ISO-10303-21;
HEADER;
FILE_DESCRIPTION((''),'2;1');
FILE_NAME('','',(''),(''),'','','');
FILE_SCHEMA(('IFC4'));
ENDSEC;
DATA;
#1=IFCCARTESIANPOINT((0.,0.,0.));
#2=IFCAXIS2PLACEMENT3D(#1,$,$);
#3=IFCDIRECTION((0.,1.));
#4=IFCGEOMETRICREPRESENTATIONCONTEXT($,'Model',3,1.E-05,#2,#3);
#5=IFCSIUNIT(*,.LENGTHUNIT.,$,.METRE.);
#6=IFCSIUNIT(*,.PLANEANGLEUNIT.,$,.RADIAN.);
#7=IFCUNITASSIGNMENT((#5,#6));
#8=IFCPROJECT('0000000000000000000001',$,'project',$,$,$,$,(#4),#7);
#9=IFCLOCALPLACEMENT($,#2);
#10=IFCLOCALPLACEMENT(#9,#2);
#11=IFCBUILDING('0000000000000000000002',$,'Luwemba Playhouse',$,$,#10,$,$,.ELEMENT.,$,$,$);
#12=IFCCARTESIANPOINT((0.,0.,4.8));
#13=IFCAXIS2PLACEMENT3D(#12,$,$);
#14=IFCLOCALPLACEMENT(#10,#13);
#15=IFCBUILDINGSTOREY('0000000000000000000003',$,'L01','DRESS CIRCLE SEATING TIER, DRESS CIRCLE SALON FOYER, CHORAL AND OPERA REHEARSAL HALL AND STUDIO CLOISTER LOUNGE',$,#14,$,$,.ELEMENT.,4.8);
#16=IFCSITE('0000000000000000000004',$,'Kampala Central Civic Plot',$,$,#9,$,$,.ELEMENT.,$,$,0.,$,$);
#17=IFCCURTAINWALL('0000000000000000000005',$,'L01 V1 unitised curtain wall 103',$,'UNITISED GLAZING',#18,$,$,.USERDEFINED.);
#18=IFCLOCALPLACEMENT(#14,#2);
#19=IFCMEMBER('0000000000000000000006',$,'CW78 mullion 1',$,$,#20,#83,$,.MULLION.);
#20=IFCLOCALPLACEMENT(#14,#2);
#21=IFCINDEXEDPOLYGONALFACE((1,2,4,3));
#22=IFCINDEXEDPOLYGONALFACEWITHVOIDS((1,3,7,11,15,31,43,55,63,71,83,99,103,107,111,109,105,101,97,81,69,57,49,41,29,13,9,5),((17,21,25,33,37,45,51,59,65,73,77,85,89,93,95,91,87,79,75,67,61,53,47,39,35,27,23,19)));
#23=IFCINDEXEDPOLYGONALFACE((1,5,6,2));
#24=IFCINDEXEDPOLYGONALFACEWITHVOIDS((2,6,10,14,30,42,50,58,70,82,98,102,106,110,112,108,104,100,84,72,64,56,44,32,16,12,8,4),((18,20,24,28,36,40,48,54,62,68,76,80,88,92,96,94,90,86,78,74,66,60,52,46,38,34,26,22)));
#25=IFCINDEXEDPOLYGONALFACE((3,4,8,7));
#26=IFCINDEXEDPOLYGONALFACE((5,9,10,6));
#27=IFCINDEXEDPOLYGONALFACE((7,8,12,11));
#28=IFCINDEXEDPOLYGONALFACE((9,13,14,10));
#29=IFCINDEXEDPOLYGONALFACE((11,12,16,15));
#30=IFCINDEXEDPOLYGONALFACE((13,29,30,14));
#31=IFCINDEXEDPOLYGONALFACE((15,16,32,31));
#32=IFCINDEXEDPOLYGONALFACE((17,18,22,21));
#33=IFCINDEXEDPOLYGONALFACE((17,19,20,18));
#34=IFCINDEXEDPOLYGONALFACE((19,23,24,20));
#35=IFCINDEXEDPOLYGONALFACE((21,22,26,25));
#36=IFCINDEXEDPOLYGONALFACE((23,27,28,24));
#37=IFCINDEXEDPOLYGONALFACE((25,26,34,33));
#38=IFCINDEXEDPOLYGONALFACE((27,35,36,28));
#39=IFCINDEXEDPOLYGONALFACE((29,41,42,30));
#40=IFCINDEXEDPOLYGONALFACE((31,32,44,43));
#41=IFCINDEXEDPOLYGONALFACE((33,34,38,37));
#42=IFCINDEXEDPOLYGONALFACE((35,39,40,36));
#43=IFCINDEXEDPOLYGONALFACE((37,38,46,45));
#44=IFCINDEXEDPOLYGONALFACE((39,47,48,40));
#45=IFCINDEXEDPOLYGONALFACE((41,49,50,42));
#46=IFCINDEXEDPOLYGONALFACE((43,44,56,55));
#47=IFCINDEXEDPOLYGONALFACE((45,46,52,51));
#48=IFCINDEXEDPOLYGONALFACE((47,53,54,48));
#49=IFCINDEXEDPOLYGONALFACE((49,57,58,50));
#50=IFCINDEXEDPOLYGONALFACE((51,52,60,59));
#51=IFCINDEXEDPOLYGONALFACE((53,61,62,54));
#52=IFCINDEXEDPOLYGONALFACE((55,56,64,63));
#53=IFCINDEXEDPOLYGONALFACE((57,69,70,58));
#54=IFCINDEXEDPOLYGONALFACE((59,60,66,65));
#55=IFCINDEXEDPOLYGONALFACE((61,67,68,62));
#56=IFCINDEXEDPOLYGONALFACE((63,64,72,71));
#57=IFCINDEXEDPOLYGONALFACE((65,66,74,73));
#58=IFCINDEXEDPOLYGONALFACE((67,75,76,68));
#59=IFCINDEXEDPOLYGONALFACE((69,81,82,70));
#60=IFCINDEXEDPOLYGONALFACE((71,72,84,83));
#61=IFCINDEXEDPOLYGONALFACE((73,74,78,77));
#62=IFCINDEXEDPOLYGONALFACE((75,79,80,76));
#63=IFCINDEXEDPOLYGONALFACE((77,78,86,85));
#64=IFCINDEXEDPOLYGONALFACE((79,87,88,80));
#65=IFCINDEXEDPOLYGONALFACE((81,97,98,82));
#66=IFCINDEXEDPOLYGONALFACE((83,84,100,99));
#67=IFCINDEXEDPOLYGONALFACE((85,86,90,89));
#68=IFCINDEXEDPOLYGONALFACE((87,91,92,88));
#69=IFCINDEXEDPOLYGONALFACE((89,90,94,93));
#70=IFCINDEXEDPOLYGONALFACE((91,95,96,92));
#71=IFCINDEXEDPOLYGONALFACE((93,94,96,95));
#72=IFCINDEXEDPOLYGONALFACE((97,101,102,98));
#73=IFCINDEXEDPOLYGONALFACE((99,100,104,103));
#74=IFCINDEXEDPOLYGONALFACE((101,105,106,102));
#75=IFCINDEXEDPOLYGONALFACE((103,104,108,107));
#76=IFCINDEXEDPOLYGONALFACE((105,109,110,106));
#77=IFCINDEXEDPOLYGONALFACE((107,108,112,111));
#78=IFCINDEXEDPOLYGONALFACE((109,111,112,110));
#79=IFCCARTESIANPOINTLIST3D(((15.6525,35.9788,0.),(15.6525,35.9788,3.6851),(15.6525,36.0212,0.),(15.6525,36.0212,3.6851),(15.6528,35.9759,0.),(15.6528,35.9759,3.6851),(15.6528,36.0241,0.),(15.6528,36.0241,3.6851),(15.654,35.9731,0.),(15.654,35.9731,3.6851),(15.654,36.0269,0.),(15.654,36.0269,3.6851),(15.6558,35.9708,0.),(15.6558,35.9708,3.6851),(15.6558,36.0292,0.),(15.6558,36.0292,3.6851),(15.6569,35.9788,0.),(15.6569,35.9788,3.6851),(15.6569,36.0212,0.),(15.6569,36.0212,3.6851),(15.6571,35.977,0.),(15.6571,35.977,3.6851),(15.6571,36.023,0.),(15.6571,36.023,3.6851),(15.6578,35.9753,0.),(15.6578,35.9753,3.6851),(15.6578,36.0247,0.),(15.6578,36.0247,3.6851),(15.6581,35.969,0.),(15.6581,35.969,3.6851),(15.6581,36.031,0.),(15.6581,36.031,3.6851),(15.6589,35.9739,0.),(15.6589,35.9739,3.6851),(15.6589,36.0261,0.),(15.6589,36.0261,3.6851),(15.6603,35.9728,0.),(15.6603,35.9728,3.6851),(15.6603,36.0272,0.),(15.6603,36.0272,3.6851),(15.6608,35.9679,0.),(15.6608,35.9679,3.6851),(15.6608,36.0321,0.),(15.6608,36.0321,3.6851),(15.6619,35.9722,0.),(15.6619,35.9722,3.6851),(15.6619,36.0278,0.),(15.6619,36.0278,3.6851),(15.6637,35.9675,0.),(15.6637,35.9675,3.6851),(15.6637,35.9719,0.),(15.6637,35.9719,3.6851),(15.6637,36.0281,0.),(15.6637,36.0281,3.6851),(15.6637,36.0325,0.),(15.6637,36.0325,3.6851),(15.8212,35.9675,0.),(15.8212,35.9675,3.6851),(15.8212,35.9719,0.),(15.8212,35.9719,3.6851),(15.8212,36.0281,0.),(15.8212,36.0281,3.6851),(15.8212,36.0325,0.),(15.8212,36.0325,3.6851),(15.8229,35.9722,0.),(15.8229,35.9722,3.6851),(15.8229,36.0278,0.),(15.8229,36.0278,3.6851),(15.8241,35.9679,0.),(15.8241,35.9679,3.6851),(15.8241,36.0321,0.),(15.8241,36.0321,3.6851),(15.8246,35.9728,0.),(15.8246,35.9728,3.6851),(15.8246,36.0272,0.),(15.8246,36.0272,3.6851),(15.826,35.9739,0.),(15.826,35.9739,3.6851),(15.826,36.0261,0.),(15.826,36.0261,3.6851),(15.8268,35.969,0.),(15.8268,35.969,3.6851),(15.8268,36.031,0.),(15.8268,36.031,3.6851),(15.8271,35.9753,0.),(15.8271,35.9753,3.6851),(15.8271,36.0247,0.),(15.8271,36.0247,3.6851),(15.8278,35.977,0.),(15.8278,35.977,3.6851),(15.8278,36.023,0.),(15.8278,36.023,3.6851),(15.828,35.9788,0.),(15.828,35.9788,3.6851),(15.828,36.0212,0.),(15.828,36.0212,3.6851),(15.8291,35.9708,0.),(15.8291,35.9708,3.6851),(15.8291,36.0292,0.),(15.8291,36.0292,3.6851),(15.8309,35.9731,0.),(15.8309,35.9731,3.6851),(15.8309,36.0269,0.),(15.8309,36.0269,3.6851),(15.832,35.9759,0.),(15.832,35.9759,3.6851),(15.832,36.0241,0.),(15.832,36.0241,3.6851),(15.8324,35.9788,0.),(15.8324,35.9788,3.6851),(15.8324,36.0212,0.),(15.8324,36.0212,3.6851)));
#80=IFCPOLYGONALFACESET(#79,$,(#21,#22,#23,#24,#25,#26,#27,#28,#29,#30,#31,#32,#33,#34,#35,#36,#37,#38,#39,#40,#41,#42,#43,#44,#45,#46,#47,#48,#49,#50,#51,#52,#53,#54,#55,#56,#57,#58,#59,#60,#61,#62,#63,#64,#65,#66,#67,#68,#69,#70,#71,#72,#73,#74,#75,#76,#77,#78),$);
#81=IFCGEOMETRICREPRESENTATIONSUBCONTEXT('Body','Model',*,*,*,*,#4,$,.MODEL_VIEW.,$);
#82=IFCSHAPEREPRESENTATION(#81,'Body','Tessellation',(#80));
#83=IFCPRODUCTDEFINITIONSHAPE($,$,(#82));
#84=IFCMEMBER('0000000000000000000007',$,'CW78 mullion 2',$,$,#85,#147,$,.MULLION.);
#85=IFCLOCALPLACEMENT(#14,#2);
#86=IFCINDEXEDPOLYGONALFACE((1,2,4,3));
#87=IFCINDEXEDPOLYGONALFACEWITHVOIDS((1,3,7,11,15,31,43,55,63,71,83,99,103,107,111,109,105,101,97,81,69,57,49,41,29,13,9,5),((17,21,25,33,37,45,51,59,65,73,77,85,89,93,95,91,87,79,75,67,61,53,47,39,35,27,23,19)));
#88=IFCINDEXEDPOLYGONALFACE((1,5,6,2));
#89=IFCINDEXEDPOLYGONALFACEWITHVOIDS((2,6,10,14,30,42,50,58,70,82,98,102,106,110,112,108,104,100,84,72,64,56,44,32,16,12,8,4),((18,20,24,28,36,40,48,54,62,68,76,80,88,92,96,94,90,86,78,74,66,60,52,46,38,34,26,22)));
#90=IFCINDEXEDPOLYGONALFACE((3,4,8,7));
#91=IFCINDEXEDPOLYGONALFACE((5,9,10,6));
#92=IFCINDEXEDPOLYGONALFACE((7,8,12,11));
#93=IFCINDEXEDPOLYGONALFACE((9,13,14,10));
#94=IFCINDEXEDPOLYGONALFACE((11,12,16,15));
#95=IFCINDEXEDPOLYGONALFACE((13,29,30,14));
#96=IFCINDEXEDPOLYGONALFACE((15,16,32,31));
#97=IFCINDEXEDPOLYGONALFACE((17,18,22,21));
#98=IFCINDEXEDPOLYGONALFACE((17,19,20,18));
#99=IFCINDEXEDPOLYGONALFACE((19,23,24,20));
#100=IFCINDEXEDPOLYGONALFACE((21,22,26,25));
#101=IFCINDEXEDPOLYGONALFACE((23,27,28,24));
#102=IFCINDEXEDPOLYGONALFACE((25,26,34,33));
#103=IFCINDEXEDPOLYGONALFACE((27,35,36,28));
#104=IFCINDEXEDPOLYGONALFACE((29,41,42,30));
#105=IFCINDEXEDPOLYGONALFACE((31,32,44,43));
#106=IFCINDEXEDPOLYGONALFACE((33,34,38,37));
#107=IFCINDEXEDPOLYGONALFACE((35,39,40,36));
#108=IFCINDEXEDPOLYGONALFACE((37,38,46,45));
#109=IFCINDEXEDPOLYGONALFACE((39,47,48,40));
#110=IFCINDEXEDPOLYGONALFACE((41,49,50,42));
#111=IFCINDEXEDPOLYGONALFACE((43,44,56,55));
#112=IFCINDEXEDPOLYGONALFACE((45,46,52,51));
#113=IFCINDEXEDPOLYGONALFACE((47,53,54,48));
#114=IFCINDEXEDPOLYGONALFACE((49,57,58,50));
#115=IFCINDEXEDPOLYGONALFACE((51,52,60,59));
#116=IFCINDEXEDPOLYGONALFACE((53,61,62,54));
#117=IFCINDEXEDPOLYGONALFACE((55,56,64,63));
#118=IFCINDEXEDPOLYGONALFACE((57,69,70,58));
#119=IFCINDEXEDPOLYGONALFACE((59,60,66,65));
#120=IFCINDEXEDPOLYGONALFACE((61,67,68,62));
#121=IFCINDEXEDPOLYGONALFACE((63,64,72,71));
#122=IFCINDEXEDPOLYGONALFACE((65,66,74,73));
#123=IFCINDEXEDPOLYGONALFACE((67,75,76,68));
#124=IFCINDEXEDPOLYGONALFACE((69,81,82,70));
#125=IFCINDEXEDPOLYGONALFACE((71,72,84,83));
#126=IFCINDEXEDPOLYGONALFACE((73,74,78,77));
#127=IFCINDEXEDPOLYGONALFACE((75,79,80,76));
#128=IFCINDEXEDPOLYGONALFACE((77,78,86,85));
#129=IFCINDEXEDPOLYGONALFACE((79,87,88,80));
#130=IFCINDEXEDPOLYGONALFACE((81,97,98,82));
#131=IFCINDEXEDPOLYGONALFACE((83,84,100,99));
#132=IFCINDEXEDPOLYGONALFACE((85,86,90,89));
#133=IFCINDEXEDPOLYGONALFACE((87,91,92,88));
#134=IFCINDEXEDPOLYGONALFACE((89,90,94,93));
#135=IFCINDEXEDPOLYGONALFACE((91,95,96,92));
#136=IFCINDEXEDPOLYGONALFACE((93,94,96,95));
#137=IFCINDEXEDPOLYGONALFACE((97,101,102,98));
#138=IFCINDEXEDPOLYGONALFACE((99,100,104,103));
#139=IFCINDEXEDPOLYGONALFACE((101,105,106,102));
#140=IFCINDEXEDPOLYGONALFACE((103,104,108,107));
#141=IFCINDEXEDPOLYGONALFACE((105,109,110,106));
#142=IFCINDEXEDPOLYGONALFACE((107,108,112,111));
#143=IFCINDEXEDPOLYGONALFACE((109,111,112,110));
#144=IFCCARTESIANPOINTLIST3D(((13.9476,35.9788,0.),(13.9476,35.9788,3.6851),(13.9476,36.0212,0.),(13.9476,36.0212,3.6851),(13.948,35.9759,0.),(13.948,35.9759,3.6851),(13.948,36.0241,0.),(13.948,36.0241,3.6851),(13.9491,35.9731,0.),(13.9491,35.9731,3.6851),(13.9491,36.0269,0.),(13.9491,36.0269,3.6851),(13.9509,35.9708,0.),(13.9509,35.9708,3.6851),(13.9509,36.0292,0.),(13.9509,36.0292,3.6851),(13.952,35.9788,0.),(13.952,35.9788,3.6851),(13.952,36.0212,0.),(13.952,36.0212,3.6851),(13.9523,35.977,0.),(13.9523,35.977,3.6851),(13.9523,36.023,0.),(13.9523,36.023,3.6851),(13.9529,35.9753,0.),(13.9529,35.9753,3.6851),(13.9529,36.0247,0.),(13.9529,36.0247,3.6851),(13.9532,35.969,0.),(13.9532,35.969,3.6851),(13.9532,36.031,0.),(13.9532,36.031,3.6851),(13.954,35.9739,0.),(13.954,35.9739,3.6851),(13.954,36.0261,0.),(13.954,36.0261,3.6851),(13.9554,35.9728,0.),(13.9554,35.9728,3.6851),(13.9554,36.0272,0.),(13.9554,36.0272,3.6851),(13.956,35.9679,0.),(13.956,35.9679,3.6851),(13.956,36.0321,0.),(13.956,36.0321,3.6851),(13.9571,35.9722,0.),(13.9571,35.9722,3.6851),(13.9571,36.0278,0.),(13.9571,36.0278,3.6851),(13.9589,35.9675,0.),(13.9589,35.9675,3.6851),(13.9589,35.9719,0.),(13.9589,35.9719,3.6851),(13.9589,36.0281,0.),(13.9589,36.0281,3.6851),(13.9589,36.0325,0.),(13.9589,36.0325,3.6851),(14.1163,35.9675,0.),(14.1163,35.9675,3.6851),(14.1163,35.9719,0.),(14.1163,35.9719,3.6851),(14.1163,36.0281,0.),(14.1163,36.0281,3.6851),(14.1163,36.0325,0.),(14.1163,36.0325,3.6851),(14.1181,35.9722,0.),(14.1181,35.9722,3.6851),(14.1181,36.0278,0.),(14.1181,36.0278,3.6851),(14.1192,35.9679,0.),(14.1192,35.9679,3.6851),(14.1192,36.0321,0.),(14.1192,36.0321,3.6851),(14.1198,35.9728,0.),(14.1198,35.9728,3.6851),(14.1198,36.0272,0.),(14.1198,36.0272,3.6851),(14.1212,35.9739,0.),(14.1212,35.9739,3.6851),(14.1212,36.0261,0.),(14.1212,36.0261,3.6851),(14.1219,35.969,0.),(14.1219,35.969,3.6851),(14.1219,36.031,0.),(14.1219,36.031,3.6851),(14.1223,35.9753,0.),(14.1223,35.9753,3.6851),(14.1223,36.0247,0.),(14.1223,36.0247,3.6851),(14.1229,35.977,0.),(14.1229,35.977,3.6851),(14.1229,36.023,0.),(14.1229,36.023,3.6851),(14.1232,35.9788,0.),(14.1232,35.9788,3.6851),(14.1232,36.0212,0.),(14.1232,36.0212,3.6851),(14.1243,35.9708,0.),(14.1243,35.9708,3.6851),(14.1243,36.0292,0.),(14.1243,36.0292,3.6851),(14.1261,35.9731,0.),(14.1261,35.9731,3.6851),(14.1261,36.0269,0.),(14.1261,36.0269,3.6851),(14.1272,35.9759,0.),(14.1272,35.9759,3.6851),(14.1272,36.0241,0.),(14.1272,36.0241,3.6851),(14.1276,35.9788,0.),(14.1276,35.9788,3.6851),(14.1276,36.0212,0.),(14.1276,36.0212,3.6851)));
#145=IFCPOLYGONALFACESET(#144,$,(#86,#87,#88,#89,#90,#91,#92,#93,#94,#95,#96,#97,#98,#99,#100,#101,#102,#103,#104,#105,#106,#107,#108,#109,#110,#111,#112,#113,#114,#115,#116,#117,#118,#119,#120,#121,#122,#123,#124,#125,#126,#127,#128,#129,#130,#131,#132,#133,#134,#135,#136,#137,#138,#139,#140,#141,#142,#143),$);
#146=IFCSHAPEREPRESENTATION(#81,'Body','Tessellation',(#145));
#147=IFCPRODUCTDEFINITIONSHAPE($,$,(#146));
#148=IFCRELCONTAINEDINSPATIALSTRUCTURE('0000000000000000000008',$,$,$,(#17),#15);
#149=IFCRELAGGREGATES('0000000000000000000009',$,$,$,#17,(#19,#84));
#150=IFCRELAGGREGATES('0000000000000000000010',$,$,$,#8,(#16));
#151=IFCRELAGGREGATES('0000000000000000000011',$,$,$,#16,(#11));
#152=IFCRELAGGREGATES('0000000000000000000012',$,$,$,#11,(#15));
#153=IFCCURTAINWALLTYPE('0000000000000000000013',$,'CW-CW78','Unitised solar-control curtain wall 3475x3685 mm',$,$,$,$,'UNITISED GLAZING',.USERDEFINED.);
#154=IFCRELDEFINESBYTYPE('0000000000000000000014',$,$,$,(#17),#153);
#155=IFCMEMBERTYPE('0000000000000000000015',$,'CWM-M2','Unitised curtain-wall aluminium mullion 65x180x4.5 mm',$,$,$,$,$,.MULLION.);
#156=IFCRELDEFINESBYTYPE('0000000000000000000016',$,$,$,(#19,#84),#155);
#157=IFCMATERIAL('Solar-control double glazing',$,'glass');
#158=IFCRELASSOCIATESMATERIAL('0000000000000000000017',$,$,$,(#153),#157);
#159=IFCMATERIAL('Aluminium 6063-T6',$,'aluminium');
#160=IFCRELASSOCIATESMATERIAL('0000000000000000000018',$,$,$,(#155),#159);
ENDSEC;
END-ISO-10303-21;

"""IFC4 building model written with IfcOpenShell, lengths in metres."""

from ifc_helpers import new_model, si_unit, direction, frame, origin, origin_2d, place, context, subcontext, project, spatial, hollow_rectangle, extrude, material, material_profile, profile_set, type_object, element, aggregate, save


model = new_model("IFC4")

# Units and contexts
model_context = context("Model", 3, precision=1e-05, world=origin(), true_north=direction((0.0, 1.0)))
body_context = subcontext(model_context, "Body", "Model", "MODEL_VIEW")
ifc_project = project(units=[si_unit("LENGTHUNIT", "METRE"), si_unit("PLANEANGLEUNIT", "RADIAN")], contexts=[model_context])

# Site, building, storey
site_placement = place(None, origin())
site = spatial("IfcSite", under=ifc_project, at=site_placement, Name="Kampala Central Civic Plot", CompositionType="ELEMENT", RefElevation=0.0)
building_placement = place(site_placement, origin())
building = spatial("IfcBuilding", under=site, at=building_placement, Name="Luwemba Playhouse", CompositionType="ELEMENT")
storey_placement = place(building_placement, frame((0.0, 0.0, 4.8)))
storey = spatial("IfcBuildingStorey", under=building, at=storey_placement, Name="L01", Description="DRESS CIRCLE SEATING TIER, DRESS CIRCLE SALON FOYER, CHORAL AND OPERA REHEARSAL HALL AND STUDIO CLOISTER LOUNGE", CompositionType="ELEMENT", Elevation=4.8)

# Curtain wall, members
ifc_material_1 = material(Name="Solar-control double glazing", Category="glass")
curtain_wall_type = type_object("IfcCurtainWallType", Name="CW-CW78", Description="Unitised solar-control curtain wall 3475x3685 mm", ElementType="UNITISED GLAZING", PredefinedType="USERDEFINED", material=ifc_material_1)
curtain_wall_placement = place(storey_placement, origin())
curtain_wall = element("IfcCurtainWall", 1, at=curtain_wall_placement, inside=storey, type_object=curtain_wall_type, Name="L01 V1 unitised curtain wall 103", ObjectType="UNITISED GLAZING", PredefinedType="USERDEFINED")
ifc_material_2 = material(Name="Aluminium 6063-T6", Category="aluminium")
ifc_material_profile_1 = material_profile(ifc_material_2, hollow_rectangle(XDim=0.0649, YDim=0.1799, WallThickness=0.0044, InnerFilletRadius=0.0068, OuterFilletRadius=0.0112, at=origin_2d()))
ifc_profile_set_1 = profile_set([ifc_material_profile_1], Name="Aluminium 6063-T6")
member_type_1 = type_object("IfcMemberType", Name="CWM-M2", Description="Unitised curtain-wall aluminium mullion 65x180x4.5 mm", PredefinedType="MULLION", material=ifc_profile_set_1)
member_1_placement = place(storey_placement, frame((15.7424, 36.0, 0.0), z_axis=(0.0, 0.0, 1.0), x_axis=(0.0, -1.0, 0.0)))
member_1 = element("IfcMember", 2, at=member_1_placement, type_object=member_type_1, Name="CW78 mullion 1", PredefinedType="MULLION", context=body_context, shape_type="SweptSolid", body=[
    extrude(hollow_rectangle(XDim=0.0649, YDim=0.1799, WallThickness=0.0044, InnerFilletRadius=0.0068, OuterFilletRadius=0.0112, at=origin_2d()), origin(), (0.0, 0.0, 1.0), 3.6851),
])
member_2_placement = place(storey_placement, frame((14.0376, 36.0, 0.0), z_axis=(0.0, 0.0, 1.0), x_axis=(0.0, -1.0, 0.0)))
member_2 = element("IfcMember", 3, at=member_2_placement, type_object=member_type_1, Name="CW78 mullion 2", PredefinedType="MULLION", context=body_context, shape_type="SweptSolid", body=[
    extrude(hollow_rectangle(XDim=0.0649, YDim=0.1799, WallThickness=0.0044, InnerFilletRadius=0.0068, OuterFilletRadius=0.0112, at=origin_2d()), origin(), (0.0, 0.0, 1.0), 3.6851),
])
aggregate(curtain_wall, [member_1, member_2])

save(model, "model.ifc")
